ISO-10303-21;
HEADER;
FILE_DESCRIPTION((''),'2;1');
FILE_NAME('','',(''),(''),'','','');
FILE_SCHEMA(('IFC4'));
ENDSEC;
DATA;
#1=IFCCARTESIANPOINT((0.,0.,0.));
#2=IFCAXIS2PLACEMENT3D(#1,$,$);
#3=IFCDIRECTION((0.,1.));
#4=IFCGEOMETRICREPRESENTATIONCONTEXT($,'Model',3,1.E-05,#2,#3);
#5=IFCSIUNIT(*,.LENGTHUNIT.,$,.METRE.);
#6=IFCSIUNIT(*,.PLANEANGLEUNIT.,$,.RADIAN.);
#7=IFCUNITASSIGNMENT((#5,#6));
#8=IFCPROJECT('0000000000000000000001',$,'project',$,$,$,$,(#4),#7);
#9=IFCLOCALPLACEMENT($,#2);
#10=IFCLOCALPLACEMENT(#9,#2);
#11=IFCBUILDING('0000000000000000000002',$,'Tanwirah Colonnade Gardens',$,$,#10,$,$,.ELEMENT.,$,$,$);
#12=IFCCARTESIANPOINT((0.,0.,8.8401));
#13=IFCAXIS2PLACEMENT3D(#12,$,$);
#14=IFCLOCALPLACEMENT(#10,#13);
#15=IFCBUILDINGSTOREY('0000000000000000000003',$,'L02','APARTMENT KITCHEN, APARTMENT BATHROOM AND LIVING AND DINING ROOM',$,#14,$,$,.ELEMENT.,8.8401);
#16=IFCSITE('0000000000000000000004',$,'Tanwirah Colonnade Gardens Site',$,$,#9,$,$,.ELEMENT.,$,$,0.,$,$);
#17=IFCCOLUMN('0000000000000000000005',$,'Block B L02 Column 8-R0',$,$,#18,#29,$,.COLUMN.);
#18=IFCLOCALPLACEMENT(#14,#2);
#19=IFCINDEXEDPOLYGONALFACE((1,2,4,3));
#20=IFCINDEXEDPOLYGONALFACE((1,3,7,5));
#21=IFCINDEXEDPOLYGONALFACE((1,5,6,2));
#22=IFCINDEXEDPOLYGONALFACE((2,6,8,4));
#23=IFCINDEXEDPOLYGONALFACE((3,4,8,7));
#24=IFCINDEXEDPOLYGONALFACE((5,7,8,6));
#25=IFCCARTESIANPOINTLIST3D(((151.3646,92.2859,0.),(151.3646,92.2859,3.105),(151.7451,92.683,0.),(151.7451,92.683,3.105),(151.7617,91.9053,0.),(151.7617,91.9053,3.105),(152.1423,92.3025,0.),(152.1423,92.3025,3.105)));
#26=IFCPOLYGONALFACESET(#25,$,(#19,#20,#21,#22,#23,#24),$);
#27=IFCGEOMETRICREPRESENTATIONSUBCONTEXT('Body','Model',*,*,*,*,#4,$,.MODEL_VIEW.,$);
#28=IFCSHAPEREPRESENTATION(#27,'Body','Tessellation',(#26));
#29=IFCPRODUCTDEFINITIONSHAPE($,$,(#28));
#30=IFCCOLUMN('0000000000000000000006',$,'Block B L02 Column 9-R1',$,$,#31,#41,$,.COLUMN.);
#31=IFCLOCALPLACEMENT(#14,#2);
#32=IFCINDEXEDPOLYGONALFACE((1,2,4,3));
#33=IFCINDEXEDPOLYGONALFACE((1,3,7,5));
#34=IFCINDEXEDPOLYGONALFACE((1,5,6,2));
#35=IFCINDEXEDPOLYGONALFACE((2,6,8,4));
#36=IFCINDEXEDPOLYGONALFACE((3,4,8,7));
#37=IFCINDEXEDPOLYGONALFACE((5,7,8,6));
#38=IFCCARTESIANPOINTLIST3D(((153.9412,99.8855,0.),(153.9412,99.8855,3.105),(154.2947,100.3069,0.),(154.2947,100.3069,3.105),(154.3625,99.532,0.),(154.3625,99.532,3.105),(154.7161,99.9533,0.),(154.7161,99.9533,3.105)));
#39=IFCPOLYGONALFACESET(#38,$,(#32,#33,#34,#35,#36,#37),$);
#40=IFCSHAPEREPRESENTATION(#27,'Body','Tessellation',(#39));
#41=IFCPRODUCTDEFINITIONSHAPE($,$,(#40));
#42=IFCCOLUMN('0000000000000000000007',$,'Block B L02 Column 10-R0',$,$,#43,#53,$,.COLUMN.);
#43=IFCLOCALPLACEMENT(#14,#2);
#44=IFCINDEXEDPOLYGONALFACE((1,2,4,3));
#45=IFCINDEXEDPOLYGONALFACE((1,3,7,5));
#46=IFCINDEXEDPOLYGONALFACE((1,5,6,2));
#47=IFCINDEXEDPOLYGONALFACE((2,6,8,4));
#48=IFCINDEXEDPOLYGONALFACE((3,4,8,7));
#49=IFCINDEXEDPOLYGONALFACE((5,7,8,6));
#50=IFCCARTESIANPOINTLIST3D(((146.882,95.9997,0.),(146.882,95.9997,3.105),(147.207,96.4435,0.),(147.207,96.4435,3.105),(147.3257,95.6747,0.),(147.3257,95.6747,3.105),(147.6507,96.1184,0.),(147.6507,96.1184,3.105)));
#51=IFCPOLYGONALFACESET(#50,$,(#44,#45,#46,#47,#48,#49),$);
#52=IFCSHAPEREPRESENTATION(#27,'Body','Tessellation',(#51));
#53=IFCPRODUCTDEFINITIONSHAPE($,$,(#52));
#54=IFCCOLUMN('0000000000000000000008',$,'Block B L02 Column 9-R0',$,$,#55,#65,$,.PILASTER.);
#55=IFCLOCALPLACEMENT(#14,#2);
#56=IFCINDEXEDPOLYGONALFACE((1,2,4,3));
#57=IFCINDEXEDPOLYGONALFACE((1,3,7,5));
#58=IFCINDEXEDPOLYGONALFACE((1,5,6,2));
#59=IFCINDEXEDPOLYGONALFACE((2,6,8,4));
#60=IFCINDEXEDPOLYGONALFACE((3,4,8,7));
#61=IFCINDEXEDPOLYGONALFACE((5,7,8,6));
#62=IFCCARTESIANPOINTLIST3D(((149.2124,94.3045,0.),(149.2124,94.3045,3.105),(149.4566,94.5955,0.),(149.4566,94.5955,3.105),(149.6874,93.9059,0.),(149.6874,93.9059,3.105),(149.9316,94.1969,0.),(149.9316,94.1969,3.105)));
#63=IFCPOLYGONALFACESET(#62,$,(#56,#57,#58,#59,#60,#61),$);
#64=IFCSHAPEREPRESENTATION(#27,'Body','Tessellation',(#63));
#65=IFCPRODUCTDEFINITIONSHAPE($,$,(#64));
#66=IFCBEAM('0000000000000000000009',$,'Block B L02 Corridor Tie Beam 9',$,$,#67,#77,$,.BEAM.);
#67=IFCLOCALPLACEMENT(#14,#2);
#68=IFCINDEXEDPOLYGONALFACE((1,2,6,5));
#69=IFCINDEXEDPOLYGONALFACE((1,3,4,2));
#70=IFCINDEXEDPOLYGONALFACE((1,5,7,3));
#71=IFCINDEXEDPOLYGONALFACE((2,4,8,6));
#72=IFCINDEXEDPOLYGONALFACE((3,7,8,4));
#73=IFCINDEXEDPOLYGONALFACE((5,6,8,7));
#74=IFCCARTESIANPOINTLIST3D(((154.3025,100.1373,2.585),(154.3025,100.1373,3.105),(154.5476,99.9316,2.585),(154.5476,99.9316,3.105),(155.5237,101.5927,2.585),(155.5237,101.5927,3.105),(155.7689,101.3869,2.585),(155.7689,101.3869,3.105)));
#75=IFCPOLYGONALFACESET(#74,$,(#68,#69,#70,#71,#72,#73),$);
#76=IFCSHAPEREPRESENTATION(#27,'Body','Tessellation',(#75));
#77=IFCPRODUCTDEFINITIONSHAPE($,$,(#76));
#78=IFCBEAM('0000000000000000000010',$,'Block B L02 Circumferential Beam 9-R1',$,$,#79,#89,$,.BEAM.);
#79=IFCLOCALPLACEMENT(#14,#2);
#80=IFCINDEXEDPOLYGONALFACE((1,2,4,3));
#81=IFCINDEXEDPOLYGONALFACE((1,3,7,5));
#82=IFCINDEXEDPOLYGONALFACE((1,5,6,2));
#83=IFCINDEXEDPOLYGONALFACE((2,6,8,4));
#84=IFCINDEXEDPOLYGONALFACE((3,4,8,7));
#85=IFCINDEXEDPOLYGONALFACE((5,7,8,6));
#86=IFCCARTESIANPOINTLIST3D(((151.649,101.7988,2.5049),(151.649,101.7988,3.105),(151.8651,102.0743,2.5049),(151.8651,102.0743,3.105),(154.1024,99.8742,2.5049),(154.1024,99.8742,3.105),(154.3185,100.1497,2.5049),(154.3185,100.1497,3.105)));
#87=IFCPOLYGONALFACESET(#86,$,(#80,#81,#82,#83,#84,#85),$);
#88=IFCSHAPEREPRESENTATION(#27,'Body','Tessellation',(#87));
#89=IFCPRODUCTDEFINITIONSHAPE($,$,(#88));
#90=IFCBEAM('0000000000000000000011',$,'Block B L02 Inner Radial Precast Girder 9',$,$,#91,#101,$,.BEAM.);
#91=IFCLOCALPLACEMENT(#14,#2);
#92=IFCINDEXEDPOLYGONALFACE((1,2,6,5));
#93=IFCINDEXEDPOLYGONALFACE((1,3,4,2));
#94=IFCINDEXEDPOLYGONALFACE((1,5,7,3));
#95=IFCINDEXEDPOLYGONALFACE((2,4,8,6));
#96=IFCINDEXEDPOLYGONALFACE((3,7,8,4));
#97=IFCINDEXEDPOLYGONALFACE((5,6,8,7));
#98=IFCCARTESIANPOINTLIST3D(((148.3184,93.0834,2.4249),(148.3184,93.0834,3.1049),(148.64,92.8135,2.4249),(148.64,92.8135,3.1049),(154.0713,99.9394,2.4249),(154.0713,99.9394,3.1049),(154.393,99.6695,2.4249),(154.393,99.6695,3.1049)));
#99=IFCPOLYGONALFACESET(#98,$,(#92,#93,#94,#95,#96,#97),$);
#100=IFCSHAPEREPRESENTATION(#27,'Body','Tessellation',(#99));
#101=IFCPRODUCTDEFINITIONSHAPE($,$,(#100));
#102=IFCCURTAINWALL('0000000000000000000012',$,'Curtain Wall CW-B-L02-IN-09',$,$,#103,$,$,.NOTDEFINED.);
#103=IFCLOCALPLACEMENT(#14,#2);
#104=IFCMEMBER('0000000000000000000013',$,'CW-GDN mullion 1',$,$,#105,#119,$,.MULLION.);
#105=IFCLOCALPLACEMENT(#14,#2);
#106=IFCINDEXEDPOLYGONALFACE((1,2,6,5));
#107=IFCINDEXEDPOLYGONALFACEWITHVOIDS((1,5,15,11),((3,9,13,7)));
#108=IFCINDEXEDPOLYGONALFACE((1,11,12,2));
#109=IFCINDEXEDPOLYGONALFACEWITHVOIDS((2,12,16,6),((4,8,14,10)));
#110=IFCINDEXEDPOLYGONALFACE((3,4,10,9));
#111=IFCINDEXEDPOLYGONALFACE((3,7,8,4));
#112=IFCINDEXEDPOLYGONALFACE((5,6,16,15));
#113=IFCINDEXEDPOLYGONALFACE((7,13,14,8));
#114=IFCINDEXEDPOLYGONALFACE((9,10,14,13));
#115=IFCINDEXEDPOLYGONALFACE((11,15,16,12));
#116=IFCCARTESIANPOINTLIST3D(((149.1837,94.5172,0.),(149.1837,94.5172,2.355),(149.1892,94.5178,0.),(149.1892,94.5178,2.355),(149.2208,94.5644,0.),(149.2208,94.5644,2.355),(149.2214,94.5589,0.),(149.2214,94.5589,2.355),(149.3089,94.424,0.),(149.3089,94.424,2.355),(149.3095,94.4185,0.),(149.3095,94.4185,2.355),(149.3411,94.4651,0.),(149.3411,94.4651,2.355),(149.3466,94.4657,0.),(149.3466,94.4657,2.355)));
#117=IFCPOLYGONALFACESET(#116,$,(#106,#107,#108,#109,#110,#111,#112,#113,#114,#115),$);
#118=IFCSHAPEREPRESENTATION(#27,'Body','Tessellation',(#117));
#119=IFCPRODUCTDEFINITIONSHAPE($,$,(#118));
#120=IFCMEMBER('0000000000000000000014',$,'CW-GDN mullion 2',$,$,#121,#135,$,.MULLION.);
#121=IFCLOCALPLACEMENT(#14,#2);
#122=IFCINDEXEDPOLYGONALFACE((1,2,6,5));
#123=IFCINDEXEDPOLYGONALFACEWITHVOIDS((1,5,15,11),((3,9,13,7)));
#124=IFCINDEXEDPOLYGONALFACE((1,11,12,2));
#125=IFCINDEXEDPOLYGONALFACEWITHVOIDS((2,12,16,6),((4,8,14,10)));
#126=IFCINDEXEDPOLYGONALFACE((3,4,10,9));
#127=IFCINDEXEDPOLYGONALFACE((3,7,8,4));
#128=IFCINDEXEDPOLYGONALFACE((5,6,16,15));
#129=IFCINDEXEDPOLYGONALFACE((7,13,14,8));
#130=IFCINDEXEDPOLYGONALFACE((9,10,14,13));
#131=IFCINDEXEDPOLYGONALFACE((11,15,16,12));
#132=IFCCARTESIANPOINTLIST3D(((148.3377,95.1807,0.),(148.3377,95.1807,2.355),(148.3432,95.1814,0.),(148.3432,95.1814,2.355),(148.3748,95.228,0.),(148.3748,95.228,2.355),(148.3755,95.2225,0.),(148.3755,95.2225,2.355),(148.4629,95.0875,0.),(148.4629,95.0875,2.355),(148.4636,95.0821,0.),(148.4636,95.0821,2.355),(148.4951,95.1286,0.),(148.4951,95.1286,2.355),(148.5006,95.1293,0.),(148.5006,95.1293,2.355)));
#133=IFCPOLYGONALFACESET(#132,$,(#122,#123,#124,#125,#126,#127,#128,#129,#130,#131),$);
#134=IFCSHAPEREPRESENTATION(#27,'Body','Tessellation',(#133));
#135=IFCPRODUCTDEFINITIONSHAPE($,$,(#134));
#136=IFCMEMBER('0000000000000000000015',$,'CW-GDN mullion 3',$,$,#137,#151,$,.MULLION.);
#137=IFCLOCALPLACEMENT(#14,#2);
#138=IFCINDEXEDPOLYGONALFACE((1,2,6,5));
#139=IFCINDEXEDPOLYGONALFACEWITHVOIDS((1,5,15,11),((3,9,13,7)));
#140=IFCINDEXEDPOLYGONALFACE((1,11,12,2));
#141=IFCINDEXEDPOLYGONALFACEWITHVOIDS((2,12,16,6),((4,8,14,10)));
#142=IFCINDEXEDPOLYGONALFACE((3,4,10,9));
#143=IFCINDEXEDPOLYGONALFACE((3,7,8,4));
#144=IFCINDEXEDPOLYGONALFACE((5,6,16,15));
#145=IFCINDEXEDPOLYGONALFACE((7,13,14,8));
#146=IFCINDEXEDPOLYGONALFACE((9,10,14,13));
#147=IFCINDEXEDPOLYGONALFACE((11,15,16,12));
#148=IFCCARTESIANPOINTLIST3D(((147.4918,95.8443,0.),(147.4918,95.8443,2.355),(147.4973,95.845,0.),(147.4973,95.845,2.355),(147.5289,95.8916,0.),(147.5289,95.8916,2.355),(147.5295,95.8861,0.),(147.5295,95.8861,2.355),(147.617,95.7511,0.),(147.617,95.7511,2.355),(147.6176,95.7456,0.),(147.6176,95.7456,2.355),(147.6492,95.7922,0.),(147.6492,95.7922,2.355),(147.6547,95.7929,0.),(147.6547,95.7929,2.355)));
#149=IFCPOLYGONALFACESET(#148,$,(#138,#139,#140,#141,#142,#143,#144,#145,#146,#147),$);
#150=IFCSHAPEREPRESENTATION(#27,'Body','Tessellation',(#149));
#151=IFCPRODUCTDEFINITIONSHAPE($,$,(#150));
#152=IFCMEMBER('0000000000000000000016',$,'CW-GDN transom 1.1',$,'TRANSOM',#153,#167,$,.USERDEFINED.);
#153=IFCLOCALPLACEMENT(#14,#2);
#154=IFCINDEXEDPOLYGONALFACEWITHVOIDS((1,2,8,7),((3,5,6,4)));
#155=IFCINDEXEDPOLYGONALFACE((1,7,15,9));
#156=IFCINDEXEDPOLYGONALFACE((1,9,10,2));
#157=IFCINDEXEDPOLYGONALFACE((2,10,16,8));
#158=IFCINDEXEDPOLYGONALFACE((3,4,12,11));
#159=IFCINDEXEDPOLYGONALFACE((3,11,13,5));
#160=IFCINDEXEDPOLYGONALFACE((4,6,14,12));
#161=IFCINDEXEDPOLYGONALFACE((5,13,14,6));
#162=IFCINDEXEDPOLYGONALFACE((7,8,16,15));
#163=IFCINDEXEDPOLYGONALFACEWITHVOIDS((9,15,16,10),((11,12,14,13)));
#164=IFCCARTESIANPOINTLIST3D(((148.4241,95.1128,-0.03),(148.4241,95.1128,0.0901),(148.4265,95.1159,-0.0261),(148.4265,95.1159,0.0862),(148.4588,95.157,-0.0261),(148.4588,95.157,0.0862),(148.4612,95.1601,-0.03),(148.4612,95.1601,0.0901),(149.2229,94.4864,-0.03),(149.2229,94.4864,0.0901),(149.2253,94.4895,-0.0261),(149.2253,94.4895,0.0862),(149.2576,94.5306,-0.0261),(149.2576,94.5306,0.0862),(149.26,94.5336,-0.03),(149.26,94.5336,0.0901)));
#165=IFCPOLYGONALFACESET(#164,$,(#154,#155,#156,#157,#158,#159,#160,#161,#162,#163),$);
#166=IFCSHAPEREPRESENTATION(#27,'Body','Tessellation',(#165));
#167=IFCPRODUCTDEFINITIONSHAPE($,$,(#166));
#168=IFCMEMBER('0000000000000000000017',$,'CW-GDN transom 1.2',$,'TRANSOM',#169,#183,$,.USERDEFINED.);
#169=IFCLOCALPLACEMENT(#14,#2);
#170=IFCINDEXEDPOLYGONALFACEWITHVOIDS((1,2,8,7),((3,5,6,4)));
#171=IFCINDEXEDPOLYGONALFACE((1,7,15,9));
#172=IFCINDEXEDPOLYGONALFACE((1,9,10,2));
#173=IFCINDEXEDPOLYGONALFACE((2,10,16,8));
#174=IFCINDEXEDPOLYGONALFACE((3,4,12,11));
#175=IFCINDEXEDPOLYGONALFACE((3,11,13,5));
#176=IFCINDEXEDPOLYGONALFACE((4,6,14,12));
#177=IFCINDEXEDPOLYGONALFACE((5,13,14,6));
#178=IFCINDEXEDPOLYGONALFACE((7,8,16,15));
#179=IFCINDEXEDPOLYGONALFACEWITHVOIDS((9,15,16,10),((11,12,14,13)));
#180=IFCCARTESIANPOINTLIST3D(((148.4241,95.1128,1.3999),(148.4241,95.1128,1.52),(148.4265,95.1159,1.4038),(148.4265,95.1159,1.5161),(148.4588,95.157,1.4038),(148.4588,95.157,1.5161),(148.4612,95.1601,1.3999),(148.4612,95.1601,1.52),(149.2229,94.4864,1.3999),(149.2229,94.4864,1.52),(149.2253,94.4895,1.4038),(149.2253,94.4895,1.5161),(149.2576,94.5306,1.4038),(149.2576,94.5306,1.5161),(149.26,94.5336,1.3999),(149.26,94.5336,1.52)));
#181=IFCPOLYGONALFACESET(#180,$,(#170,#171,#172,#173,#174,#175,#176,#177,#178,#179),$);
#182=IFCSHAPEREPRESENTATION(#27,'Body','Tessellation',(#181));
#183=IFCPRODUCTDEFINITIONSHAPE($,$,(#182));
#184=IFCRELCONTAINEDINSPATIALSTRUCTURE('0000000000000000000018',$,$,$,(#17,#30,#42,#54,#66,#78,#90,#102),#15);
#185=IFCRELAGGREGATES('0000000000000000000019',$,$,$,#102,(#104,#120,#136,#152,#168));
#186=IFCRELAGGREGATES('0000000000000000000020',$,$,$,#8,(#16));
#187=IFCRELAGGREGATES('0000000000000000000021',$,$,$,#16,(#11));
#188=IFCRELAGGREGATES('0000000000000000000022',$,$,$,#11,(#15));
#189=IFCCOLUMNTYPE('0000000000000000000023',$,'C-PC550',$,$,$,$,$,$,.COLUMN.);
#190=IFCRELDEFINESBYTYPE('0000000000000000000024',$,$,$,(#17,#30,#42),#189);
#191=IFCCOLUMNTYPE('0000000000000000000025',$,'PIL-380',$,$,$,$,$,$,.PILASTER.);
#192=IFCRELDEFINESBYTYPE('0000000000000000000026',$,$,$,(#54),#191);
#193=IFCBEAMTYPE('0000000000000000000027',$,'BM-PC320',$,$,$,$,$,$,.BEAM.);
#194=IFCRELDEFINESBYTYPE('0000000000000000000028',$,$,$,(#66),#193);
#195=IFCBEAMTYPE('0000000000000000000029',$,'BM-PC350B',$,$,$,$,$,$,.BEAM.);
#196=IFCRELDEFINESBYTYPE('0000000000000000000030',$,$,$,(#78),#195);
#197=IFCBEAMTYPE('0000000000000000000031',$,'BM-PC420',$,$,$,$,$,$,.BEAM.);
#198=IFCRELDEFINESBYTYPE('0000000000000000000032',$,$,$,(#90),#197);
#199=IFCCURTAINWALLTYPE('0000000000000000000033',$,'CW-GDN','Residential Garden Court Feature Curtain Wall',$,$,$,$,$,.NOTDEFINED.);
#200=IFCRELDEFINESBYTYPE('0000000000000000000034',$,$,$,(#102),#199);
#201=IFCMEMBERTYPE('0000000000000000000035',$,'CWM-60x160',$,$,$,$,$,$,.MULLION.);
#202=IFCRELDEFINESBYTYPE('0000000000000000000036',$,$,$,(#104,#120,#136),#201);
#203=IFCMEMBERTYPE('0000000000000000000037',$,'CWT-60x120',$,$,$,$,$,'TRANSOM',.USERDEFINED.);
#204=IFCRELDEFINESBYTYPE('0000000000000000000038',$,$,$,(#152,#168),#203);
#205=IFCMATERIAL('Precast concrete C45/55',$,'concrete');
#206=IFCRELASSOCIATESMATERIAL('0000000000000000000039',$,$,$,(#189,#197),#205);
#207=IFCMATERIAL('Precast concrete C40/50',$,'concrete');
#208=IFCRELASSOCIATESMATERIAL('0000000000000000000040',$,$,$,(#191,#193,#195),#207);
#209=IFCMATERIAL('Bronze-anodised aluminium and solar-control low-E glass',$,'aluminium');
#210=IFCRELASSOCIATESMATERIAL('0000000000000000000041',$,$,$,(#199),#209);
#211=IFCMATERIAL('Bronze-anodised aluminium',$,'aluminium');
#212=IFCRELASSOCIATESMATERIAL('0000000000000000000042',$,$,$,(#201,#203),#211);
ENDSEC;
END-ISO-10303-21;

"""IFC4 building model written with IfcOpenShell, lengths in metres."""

from ifc_helpers import new_model, si_unit, direction, frame, origin, origin_2d, place, context, subcontext, project, spatial, rectangle, hollow_rectangle, extrude, material, material_profile, profile_set, type_object, element, aggregate, save


model = new_model("IFC4")

# Units and contexts
model_context = context("Model", 3, precision=1e-05, world=origin(), true_north=direction((0.0, 1.0)))
body_context = subcontext(model_context, "Body", "Model", "MODEL_VIEW")
ifc_project = project(units=[si_unit("LENGTHUNIT", "METRE"), si_unit("PLANEANGLEUNIT", "RADIAN")], contexts=[model_context])

# Site, building, storey
site_placement = place(None, origin())
site = spatial("IfcSite", under=ifc_project, at=site_placement, Name="Tanwirah Colonnade Gardens Site", CompositionType="ELEMENT", RefElevation=0.0)
building_placement = place(site_placement, origin())
building = spatial("IfcBuilding", under=site, at=building_placement, Name="Tanwirah Colonnade Gardens", CompositionType="ELEMENT")
storey_placement = place(building_placement, frame((0.0, 0.0, 8.8401)))
storey = spatial("IfcBuildingStorey", under=building, at=storey_placement, Name="L02", Description="APARTMENT KITCHEN, APARTMENT BATHROOM AND LIVING AND DINING ROOM", CompositionType="ELEMENT", Elevation=8.8401)

# Columns
ifc_material_1 = material(Name="Precast concrete C45/55", Category="concrete")
ifc_material_profile_1 = material_profile(ifc_material_1, rectangle(XDim=0.55, YDim=0.55, at=origin_2d()), Name="PC-COL 550x550")
ifc_profile_set_1 = profile_set([ifc_material_profile_1], Name="Precast concrete C45/55")
column_type_1 = type_object("IfcColumnType", Name="C-PC550", PredefinedType="COLUMN", material=ifc_profile_set_1)
for number, where, z_axis, x_axis, name in (
    (1, (151.7534, 92.2942, 0.0), (0.0, 0.0, 1.0), (0.691863, 0.722029, 0.0), "Block B L02 Column 8-R0"),
    (2, (154.3286, 99.9194, 0.0), (0.0, 0.0, 1.0), (0.642788, 0.766044, 0.0), "Block B L02 Column 9-R1"),
    (3, (147.2664, 96.0591, 0.0), (0.0, 0.0, 1.0), (0.590919, 0.806731, 0.0), "Block B L02 Column 10-R0"),
):
    element("IfcColumn", number, at=place(storey_placement, frame(where, z_axis=z_axis, x_axis=x_axis)), inside=storey, type_object=column_type_1, Name=name, PredefinedType="COLUMN", context=body_context, shape_type="SweptSolid", body=[
        extrude(rectangle(XDim=0.55, YDim=0.55, at=origin_2d()), origin(), (0.0, 0.0, 1.0), 3.105),
    ])
ifc_material_2 = material(Name="Precast concrete C40/50", Category="concrete")
ifc_material_profile_2 = material_profile(ifc_material_2, rectangle(XDim=0.3799, YDim=0.6201, at=origin_2d()), Name="PC-PIL 380x620")
ifc_profile_set_2 = profile_set([ifc_material_profile_2], Name="Precast concrete C40/50")
column_type_2 = type_object("IfcColumnType", Name="PIL-380", PredefinedType="PILASTER", material=ifc_profile_set_2)
column_placement = place(storey_placement, frame((149.572, 94.2507, 0.0), z_axis=(0.0, 0.0, 1.0), x_axis=(0.642788, 0.766044, 0.0)))
element("IfcColumn", 4, at=column_placement, inside=storey, type_object=column_type_2, Name="Block B L02 Column 9-R0", PredefinedType="PILASTER", context=body_context, shape_type="SweptSolid", body=[
    extrude(rectangle(XDim=0.3799, YDim=0.6201, at=origin_2d()), origin(), (0.0, 0.0, 1.0), 3.105),
])

# Beams
ifc_material_profile_3 = material_profile(ifc_material_2, rectangle(XDim=0.3201, YDim=0.52, at=origin_2d()), Name="PC-BM 320x520")
ifc_profile_set_3 = profile_set([ifc_material_profile_3], Name="Precast concrete C40/50")
beam_type_1 = type_object("IfcBeamType", Name="BM-PC320", PredefinedType="BEAM", material=ifc_profile_set_3)
beam_1_placement = place(storey_placement, frame((154.425, 100.0344, 2.845), z_axis=(0.642797, 0.766036, 0.0), x_axis=(-0.766036, 0.642797, 0.0)))
element("IfcBeam", 5, at=beam_1_placement, inside=storey, type_object=beam_type_1, Name="Block B L02 Corridor Tie Beam 9", PredefinedType="BEAM", context=body_context, shape_type="SweptSolid", body=[
    extrude(rectangle(XDim=0.3201, YDim=0.52, at=origin_2d()), origin(), (0.0, 0.0, 1.0), 1.8999),
])
ifc_material_profile_4 = material_profile(ifc_material_2, rectangle(XDim=0.3501, YDim=0.6001, at=origin_2d()), Name="PC-BM 350x600")
ifc_profile_set_4 = profile_set([ifc_material_profile_4], Name="Precast concrete C40/50")
beam_type_2 = type_object("IfcBeamType", Name="BM-PC350B", PredefinedType="BEAM", material=ifc_profile_set_4)
beam_2_placement = place(storey_placement, frame((154.2104, 100.012, 2.8049), z_axis=(-0.786799, 0.617209, 0.0), x_axis=(-0.617209, -0.786799, 0.0)))
element("IfcBeam", 6, at=beam_2_placement, inside=storey, type_object=beam_type_2, Name="Block B L02 Circumferential Beam 9-R1", PredefinedType="BEAM", context=body_context, shape_type="SweptSolid", body=[
    extrude(rectangle(XDim=0.3501, YDim=0.6001, at=origin_2d()), origin(), (0.0, 0.0, 1.0), 3.1182),
])
ifc_material_profile_5 = material_profile(ifc_material_1, rectangle(XDim=0.4199, YDim=0.6799, at=origin_2d()), Name="PC-BM 420x680")
ifc_profile_set_5 = profile_set([ifc_material_profile_5], Name="Precast concrete C45/55")
beam_type_3 = type_object("IfcBeamType", Name="BM-PC420", PredefinedType="BEAM", material=ifc_profile_set_5)
beam_3_placement = place(storey_placement, frame((154.2322, 99.8044, 2.7649), z_axis=(-0.642794, -0.766039, 0.0), x_axis=(0.766039, -0.642794, 0.0)))
element("IfcBeam", 7, at=beam_3_placement, inside=storey, type_object=beam_type_3, Name="Block B L02 Inner Radial Precast Girder 9", PredefinedType="BEAM", context=body_context, shape_type="SweptSolid", body=[
    extrude(rectangle(XDim=0.4199, YDim=0.6799, at=origin_2d()), origin(), (0.0, 0.0, 1.0), 8.95),
])

# Curtain wall, members
ifc_material_3 = material(Name="Bronze-anodised aluminium and solar-control low-E glass", Category="aluminium")
curtain_wall_type = type_object("IfcCurtainWallType", Name="CW-GDN", Description="Residential Garden Court Feature Curtain Wall", PredefinedType="NOTDEFINED", material=ifc_material_3)
curtain_wall_placement = place(storey_placement, origin())
curtain_wall = element("IfcCurtainWall", 8, at=curtain_wall_placement, inside=storey, type_object=curtain_wall_type, Name="Curtain Wall CW-B-L02-IN-09", PredefinedType="NOTDEFINED")
ifc_material_4 = material(Name="Bronze-anodised aluminium", Category="aluminium")
ifc_material_profile_6 = material_profile(ifc_material_4, hollow_rectangle(XDim=0.0601, YDim=0.1599, WallThickness=0.0039, at=origin_2d()), Name="CW-MUL 60x160x4")
ifc_profile_set_6 = profile_set([ifc_material_profile_6], Name="Bronze-anodised aluminium")
member_type_1 = type_object("IfcMemberType", Name="CWM-60x160", PredefinedType="MULLION", material=ifc_profile_set_6)
member_1_placement = place(storey_placement, frame((149.2651, 94.4915, 0.0), z_axis=(0.0, 0.0, 1.0), x_axis=(-0.617189, -0.786815, 0.0)))
member_1 = element("IfcMember", 9, at=member_1_placement, type_object=member_type_1, Name="CW-GDN mullion 1", PredefinedType="MULLION", context=body_context, shape_type="SweptSolid", body=[
    extrude(hollow_rectangle(XDim=0.0601, YDim=0.1599, WallThickness=0.0039, at=origin_2d()), origin(), (0.0, 0.0, 1.0), 2.355),
])
member_2_placement = place(storey_placement, frame((148.4192, 95.155, 0.0), z_axis=(0.0, 0.0, 1.0), x_axis=(-0.617189, -0.786815, 0.0)))
member_2 = element("IfcMember", 10, at=member_2_placement, type_object=member_type_1, Name="CW-GDN mullion 2", PredefinedType="MULLION", context=body_context, shape_type="SweptSolid", body=[
    extrude(hollow_rectangle(XDim=0.0601, YDim=0.1599, WallThickness=0.0039, at=origin_2d()), origin(), (0.0, 0.0, 1.0), 2.355),
])
member_3_placement = place(storey_placement, frame((147.5732, 95.8186, 0.0), z_axis=(0.0, 0.0, 1.0), x_axis=(-0.617189, -0.786815, 0.0)))
member_3 = element("IfcMember", 11, at=member_3_placement, type_object=member_type_1, Name="CW-GDN mullion 3", PredefinedType="MULLION", context=body_context, shape_type="SweptSolid", body=[
    extrude(hollow_rectangle(XDim=0.0601, YDim=0.1599, WallThickness=0.0039, at=origin_2d()), origin(), (0.0, 0.0, 1.0), 2.355),
])
ifc_material_profile_7 = material_profile(ifc_material_4, hollow_rectangle(XDim=0.0601, YDim=0.1201, WallThickness=0.0039, at=origin_2d()), Name="CW-TRN 60x120x4")
ifc_profile_set_7 = profile_set([ifc_material_profile_7], Name="Bronze-anodised aluminium")
member_type_2 = type_object("IfcMemberType", Name="CWT-60x120", ElementType="TRANSOM", PredefinedType="USERDEFINED", material=ifc_profile_set_7)
member_4_placement = place(storey_placement, frame((149.2415, 94.51, 0.03), z_axis=(-0.786885, 0.617099, 0.0), x_axis=(-0.617099, -0.786885, 0.0)))
member_4 = element("IfcMember", 12, at=member_4_placement, type_object=member_type_2, Name="CW-GDN transom 1.1", ObjectType="TRANSOM", PredefinedType="USERDEFINED", context=body_context, shape_type="SweptSolid", body=[
    extrude(hollow_rectangle(XDim=0.0601, YDim=0.1201, WallThickness=0.0039, at=origin_2d()), origin(), (0.0, 0.0, 1.0), 1.0151),
])
member_5_placement = place(storey_placement, frame((149.2415, 94.51, 1.46), z_axis=(-0.786885, 0.617099, 0.0), x_axis=(-0.617099, -0.786885, 0.0)))
member_5 = element("IfcMember", 13, at=member_5_placement, type_object=member_type_2, Name="CW-GDN transom 1.2", ObjectType="TRANSOM", PredefinedType="USERDEFINED", context=body_context, shape_type="SweptSolid", body=[
    extrude(hollow_rectangle(XDim=0.0601, YDim=0.1201, WallThickness=0.0039, at=origin_2d()), origin(), (0.0, 0.0, 1.0), 1.0151),
])

aggregate(curtain_wall, [member_1, member_2, member_3, member_4, member_5])

save(model, "model.ifc")
